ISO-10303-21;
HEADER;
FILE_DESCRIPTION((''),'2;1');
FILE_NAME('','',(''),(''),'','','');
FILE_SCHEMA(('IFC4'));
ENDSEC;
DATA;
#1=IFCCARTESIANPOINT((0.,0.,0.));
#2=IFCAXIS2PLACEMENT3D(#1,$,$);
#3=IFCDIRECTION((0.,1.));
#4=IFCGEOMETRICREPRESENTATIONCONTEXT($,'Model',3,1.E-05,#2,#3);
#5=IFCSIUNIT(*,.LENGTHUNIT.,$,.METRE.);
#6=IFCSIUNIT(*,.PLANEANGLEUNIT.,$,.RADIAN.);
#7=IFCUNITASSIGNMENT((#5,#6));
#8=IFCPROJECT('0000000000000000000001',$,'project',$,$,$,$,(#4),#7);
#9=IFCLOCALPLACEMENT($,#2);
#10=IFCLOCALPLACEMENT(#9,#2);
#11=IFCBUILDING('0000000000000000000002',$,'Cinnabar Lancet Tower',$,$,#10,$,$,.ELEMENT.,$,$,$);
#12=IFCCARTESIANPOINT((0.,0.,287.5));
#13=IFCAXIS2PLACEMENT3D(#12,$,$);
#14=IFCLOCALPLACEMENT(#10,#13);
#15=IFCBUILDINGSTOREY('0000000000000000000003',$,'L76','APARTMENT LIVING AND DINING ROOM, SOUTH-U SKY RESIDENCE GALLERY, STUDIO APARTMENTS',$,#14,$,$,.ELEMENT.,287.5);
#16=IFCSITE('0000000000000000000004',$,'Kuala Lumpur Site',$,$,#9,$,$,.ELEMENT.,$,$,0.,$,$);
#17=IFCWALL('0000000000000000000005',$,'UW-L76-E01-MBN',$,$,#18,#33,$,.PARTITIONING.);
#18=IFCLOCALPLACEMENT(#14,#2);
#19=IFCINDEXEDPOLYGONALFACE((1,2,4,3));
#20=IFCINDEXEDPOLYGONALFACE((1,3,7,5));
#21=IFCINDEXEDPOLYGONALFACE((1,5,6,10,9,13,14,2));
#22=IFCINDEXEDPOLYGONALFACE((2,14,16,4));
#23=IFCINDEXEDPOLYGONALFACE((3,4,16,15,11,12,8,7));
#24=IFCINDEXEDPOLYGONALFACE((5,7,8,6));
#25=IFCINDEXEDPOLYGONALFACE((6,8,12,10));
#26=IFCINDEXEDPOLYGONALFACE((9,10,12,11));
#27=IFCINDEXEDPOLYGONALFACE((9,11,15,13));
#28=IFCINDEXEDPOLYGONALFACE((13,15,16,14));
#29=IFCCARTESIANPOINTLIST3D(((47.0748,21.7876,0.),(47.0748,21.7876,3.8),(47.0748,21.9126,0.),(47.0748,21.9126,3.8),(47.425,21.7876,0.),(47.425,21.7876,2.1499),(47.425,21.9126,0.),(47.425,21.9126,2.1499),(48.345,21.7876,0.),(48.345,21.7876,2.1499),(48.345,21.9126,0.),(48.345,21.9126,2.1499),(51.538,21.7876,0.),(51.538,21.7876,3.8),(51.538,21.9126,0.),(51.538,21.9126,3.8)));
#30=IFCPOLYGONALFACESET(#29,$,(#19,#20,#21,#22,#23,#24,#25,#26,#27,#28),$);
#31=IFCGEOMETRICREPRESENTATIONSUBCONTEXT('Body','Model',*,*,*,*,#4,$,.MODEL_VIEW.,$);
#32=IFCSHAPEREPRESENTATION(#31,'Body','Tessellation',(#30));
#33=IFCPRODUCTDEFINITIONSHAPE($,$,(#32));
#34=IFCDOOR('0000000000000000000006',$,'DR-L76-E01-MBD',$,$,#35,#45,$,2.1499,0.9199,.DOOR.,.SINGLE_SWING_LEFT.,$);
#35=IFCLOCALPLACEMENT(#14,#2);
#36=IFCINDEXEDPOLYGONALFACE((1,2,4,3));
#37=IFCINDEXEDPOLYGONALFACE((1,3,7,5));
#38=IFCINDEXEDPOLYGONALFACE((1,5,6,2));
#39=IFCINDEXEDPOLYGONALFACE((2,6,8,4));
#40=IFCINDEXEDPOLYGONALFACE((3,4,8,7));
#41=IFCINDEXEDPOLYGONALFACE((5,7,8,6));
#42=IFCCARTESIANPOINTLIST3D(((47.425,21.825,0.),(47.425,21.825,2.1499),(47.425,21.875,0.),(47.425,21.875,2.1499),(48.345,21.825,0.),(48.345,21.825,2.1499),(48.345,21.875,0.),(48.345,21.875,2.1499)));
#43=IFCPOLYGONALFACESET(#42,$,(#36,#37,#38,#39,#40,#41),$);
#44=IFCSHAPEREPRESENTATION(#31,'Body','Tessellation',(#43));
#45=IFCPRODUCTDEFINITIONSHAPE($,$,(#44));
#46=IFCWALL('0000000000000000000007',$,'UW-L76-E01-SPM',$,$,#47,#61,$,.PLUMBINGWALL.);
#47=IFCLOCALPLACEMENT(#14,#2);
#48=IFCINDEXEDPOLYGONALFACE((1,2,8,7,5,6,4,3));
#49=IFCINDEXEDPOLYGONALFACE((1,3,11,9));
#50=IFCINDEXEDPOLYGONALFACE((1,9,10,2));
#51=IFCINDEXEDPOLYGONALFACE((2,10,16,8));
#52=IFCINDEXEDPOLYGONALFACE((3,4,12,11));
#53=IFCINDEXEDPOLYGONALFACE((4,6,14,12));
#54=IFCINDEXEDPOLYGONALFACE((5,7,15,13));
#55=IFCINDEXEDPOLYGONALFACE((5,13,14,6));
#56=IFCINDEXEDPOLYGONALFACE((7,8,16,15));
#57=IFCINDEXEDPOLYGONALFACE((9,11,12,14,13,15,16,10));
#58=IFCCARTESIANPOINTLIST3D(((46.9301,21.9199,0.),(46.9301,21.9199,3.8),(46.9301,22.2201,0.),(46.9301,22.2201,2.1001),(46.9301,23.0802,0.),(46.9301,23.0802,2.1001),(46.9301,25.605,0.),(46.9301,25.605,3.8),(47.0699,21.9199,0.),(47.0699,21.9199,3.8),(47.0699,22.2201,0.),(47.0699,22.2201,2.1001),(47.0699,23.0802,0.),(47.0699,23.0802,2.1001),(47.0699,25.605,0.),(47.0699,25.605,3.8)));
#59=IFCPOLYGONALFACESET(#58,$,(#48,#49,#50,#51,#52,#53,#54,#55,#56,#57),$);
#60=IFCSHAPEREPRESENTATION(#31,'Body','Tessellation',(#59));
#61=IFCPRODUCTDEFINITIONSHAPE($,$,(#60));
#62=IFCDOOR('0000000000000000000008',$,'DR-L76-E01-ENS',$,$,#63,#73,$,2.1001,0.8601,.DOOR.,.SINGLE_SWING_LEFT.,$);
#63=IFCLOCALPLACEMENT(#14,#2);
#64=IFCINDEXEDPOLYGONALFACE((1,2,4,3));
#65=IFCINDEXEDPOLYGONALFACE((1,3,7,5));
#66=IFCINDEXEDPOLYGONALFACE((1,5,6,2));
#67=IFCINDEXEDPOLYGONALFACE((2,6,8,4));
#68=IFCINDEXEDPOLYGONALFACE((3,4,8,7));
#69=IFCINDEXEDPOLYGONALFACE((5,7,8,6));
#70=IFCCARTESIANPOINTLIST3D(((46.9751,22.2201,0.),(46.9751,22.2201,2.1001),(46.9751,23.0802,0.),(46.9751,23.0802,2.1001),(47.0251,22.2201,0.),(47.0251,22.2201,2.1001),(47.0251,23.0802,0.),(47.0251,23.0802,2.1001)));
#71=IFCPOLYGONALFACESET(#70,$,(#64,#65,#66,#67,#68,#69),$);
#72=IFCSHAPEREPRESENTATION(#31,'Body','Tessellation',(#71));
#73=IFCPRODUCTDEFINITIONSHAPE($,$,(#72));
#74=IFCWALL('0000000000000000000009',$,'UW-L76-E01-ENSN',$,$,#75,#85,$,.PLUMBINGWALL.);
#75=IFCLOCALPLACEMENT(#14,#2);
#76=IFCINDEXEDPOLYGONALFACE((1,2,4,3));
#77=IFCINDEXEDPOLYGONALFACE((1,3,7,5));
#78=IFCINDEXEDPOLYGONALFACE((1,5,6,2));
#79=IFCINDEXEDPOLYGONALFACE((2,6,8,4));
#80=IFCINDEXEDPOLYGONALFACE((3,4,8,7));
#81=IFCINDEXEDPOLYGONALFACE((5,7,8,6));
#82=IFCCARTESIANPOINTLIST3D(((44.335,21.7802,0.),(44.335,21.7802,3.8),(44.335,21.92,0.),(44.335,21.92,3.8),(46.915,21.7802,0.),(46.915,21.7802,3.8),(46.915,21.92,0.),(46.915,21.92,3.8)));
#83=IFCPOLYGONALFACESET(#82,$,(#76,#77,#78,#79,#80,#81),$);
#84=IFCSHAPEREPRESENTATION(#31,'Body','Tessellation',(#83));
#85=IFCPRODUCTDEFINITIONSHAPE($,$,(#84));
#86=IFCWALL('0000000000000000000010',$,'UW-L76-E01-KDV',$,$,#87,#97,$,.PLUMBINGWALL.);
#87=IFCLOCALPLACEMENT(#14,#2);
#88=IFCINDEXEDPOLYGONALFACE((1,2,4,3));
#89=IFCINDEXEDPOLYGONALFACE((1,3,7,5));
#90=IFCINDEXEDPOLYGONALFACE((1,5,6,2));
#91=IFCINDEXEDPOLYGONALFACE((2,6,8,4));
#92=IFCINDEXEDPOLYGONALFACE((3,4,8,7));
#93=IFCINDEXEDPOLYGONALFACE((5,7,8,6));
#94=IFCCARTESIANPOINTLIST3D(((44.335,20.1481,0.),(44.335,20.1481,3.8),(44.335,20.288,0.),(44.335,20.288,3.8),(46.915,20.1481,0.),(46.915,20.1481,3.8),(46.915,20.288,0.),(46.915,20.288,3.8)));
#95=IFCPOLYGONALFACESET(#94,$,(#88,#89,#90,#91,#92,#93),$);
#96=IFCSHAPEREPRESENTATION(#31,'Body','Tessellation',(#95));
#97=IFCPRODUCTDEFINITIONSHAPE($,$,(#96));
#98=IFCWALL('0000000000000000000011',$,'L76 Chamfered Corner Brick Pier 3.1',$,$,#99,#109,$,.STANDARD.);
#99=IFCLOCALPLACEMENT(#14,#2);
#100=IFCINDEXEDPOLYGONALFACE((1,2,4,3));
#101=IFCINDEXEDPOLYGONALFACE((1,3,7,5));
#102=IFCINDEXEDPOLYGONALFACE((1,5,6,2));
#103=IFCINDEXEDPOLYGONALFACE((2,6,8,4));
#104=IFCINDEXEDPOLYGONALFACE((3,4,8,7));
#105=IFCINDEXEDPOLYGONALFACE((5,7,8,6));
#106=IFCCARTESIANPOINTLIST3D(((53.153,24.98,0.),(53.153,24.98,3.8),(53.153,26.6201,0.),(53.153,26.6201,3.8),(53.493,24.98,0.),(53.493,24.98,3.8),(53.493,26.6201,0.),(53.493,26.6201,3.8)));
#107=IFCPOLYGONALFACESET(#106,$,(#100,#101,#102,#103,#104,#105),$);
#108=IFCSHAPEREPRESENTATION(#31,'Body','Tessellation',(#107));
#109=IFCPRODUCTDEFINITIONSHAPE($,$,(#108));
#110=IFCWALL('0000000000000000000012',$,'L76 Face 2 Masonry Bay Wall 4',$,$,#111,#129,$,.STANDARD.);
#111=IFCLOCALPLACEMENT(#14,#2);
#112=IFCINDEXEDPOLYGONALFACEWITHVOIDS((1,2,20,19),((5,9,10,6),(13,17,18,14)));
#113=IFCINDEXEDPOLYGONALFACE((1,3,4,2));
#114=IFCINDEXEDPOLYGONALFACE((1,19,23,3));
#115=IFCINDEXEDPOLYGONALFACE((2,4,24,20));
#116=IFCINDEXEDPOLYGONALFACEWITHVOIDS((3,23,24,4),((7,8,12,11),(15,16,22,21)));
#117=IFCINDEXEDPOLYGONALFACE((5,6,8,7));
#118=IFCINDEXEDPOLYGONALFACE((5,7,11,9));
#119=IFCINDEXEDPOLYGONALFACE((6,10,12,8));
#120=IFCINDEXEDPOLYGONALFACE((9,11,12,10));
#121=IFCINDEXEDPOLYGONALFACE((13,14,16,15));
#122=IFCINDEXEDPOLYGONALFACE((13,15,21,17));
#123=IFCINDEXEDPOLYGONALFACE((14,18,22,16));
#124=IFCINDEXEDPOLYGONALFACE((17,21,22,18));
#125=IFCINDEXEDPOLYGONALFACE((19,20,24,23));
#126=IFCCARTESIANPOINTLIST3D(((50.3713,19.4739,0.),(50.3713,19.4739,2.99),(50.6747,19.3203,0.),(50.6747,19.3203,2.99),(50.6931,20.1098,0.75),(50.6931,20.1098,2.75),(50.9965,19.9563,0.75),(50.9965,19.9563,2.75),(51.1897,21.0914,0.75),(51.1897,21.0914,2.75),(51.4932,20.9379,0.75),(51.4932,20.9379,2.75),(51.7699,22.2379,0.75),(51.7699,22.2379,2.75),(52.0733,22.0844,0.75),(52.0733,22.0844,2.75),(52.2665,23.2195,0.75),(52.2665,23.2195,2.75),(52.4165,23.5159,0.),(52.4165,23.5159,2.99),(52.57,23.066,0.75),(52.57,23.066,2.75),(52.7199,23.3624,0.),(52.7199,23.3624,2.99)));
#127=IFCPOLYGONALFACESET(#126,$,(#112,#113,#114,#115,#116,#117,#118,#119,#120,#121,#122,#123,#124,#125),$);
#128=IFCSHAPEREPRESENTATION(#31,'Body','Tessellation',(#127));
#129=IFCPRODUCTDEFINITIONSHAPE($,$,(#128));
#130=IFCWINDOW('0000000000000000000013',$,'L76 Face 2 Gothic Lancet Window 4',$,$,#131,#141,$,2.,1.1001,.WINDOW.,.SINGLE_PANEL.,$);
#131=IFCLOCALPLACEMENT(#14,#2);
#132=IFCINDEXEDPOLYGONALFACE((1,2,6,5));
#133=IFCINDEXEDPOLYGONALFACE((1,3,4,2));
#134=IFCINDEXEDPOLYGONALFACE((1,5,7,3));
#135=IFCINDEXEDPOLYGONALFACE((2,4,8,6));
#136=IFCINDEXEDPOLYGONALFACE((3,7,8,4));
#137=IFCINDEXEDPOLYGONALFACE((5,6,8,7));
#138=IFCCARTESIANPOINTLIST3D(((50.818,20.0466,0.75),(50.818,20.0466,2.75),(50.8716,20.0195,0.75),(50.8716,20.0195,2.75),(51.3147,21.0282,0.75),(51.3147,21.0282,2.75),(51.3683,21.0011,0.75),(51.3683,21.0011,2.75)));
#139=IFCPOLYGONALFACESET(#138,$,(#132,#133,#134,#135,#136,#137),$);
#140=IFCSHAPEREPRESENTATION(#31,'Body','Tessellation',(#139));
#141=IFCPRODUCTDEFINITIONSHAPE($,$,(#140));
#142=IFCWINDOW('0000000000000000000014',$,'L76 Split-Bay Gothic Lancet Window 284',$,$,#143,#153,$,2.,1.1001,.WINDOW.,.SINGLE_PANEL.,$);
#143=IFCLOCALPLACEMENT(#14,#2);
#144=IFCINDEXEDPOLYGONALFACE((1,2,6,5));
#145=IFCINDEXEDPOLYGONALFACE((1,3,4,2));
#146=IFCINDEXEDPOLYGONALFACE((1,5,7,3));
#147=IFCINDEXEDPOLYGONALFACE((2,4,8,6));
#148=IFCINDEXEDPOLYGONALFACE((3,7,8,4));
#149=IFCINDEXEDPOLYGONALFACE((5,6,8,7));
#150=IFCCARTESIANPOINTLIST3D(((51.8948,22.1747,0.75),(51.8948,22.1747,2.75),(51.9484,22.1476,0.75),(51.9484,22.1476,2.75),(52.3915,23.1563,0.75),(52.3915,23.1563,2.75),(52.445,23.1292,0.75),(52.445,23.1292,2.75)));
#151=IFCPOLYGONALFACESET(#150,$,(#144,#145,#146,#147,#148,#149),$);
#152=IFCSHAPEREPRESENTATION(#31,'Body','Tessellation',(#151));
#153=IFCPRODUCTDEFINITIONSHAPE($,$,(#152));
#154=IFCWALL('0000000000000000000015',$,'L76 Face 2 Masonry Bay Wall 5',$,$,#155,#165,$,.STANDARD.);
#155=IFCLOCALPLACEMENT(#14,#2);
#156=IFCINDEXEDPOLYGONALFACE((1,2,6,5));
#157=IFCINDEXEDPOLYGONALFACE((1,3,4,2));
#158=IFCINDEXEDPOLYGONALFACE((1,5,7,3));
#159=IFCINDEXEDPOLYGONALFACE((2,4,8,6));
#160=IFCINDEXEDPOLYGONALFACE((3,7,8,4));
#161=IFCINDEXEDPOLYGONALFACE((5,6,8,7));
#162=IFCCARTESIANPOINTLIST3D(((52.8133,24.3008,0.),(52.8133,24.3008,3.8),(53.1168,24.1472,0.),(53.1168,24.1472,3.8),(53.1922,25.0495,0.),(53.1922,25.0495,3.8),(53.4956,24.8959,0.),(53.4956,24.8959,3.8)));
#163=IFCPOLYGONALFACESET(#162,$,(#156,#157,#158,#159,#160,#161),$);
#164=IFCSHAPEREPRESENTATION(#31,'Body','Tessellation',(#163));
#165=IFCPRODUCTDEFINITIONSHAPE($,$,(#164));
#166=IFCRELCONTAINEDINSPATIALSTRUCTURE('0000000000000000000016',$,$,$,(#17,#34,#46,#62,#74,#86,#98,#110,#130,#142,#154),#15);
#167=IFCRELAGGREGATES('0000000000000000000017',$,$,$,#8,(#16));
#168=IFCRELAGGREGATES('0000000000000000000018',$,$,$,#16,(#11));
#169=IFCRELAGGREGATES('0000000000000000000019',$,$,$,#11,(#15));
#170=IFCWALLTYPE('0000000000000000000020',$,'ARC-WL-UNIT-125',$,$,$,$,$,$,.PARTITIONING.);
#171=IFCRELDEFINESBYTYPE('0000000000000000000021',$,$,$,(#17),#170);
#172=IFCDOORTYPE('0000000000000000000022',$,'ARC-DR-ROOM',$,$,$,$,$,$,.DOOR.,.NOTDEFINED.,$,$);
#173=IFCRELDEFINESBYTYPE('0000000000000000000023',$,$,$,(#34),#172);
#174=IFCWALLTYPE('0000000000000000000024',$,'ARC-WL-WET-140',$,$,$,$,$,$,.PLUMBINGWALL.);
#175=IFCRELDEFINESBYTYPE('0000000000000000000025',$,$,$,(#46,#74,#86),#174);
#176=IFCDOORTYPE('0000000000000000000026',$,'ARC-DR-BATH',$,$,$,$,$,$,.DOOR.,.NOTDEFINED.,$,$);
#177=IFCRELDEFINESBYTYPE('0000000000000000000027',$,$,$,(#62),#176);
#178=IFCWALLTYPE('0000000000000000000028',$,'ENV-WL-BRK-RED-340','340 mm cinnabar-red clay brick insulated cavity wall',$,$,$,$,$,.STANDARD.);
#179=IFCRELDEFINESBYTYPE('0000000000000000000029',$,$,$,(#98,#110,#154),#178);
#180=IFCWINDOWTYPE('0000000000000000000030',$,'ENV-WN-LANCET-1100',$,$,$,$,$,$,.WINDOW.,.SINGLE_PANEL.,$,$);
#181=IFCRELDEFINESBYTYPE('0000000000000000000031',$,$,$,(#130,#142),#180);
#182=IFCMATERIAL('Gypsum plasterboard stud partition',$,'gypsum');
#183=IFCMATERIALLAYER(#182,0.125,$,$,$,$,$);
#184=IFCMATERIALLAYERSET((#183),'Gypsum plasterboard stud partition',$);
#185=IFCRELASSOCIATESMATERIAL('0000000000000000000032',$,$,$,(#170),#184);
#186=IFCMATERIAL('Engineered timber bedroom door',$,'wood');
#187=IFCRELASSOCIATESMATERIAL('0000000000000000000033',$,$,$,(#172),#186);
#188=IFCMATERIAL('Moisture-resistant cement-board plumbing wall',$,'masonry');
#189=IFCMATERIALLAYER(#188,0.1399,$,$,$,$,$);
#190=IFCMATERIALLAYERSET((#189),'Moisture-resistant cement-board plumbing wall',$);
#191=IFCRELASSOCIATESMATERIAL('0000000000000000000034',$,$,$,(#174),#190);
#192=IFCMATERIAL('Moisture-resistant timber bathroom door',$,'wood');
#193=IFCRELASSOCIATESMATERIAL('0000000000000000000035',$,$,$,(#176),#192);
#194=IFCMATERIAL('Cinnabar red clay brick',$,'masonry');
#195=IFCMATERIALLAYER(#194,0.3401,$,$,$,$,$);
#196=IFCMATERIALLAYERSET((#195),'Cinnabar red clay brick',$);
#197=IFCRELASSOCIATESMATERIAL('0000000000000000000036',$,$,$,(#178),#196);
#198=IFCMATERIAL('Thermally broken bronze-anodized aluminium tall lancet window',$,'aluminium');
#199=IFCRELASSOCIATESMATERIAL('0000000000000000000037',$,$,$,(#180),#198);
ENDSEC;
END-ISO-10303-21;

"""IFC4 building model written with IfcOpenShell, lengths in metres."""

from ifc_helpers import new_model, si_unit, direction, frame, frame_2d, origin, place, context, subcontext, project, spatial, rectangle, extrude, material, layer, layer_set, type_object, element, fill, save


model = new_model("IFC4")

# Units and contexts
model_context = context("Model", 3, precision=1e-05, world=origin(), true_north=direction((0.0, 1.0)))
body_context = subcontext(model_context, "Body", "Model", "MODEL_VIEW")
ifc_project = project(units=[si_unit("LENGTHUNIT", "METRE"), si_unit("PLANEANGLEUNIT", "RADIAN")], contexts=[model_context])

# Site, building, storey
site_placement = place(None, origin())
site = spatial("IfcSite", under=ifc_project, at=site_placement, Name="Kuala Lumpur Site", CompositionType="ELEMENT", RefElevation=0.0)
building_placement = place(site_placement, origin())
building = spatial("IfcBuilding", under=site, at=building_placement, Name="Cinnabar Lancet Tower", CompositionType="ELEMENT")
storey_placement = place(building_placement, frame((0.0, 0.0, 287.5)))
storey = spatial("IfcBuildingStorey", under=building, at=storey_placement, Name="L76", Description="APARTMENT LIVING AND DINING ROOM, SOUTH-U SKY RESIDENCE GALLERY, STUDIO APARTMENTS", CompositionType="ELEMENT", Elevation=287.5)

# Walls, openings, doors
ifc_material_1 = material(Name="Gypsum plasterboard stud partition", Category="gypsum")
ifc_layer_1 = layer(ifc_material_1, 0.125)
ifc_layer_set_1 = layer_set([ifc_layer_1], Name="Gypsum plasterboard stud partition")
wall_type_1 = type_object("IfcWallType", Name="ARC-WL-UNIT-125", PredefinedType="PARTITIONING", material=ifc_layer_set_1)
wall_1_placement = place(storey_placement, frame((47.075, 21.8501, 0.0), z_axis=(0.0, 0.0, 1.0), x_axis=(1.0, 0.0, 0.0)))
wall_1 = element("IfcWall", 1, at=wall_1_placement, inside=storey, type_object=wall_type_1, Name="UW-L76-E01-MBN", PredefinedType="PARTITIONING", context=body_context, shape_type="SweptSolid", body=[
    extrude(rectangle(XDim=4.4631, YDim=0.125, at=frame_2d((2.2314, 0.0))), origin(), (0.0, 0.0, 1.0), 3.8),
])
opening_1_placement = place(wall_1_placement, frame((0.3501, 0.0, 0.0)))
opening_1 = element("IfcOpeningElement", 2, at=opening_1_placement, cuts=wall_1, PredefinedType="OPENING", context=body_context, shape_type="SweptSolid", body=[
    extrude(rectangle(XDim=0.9199, YDim=2.1499, at=frame_2d((0.46, 1.075))), frame((0.0, 0.0725, 0.0), z_axis=(0.0, -1.0, 0.0), x_axis=(1.0, 0.0, 0.0)), (0.0, 0.0, 1.0), 0.145),
])
ifc_material_2 = material(Name="Engineered timber bedroom door", Category="wood")
door_type_1 = type_object("IfcDoorType", Name="ARC-DR-ROOM", OperationType="NOTDEFINED", PredefinedType="DOOR", material=ifc_material_2)
door_1_placement = place(opening_1_placement, origin())
door_1 = element("IfcDoor", 3, at=door_1_placement, inside=storey, type_object=door_type_1, Name="DR-L76-E01-MBD", OperationType="SINGLE_SWING_LEFT", OverallHeight=2.1499, OverallWidth=0.9199, PredefinedType="DOOR", context=body_context, shape_type="SweptSolid", body=[
    extrude(rectangle(XDim=0.9199, YDim=2.1499, at=frame_2d((0.46, 1.075))), frame((0.0, 0.0249, 0.0), z_axis=(0.0, -1.0, 0.0), x_axis=(1.0, 0.0, 0.0)), (0.0, 0.0, 1.0), 0.05),
])
fill(opening_1, door_1)
ifc_material_3 = material(Name="Moisture-resistant cement-board plumbing wall", Category="masonry")
ifc_layer_2 = layer(ifc_material_3, 0.1399)
ifc_layer_set_2 = layer_set([ifc_layer_2], Name="Moisture-resistant cement-board plumbing wall")
wall_type_2 = type_object("IfcWallType", Name="ARC-WL-WET-140", PredefinedType="PLUMBINGWALL", material=ifc_layer_set_2)
wall_2_placement = place(storey_placement, frame((47.0, 21.9199, 0.0), z_axis=(0.0, 0.0, 1.0), x_axis=(0.0, 1.0, 0.0)))
wall_2 = element("IfcWall", 4, at=wall_2_placement, inside=storey, type_object=wall_type_2, Name="UW-L76-E01-SPM", PredefinedType="PLUMBINGWALL", context=body_context, shape_type="SweptSolid", body=[
    extrude(rectangle(XDim=3.6851, YDim=0.1399, at=frame_2d((1.8425, 0.0))), origin(), (0.0, 0.0, 1.0), 3.8),
])
opening_2_placement = place(wall_2_placement, frame((0.3, 0.0, 0.0)))
opening_2 = element("IfcOpeningElement", 5, at=opening_2_placement, cuts=wall_2, PredefinedType="OPENING", context=body_context, shape_type="SweptSolid", body=[
    extrude(rectangle(XDim=0.8601, YDim=2.1001, at=frame_2d((0.4302, 1.05))), frame((0.0, 0.0798, 0.0), z_axis=(0.0, -1.0, 0.0), x_axis=(1.0, 0.0, 0.0)), (0.0, 0.0, 1.0), 0.1599),
])
ifc_material_4 = material(Name="Moisture-resistant timber bathroom door", Category="wood")
door_type_2 = type_object("IfcDoorType", Name="ARC-DR-BATH", OperationType="NOTDEFINED", PredefinedType="DOOR", material=ifc_material_4)
door_2_placement = place(opening_2_placement, origin())
door_2 = element("IfcDoor", 6, at=door_2_placement, inside=storey, type_object=door_type_2, Name="DR-L76-E01-ENS", OperationType="SINGLE_SWING_LEFT", OverallHeight=2.1001, OverallWidth=0.8601, PredefinedType="DOOR", context=body_context, shape_type="SweptSolid", body=[
    extrude(rectangle(XDim=0.8601, YDim=2.1001, at=frame_2d((0.4302, 1.05))), frame((0.0, 0.0249, 0.0), z_axis=(0.0, -1.0, 0.0), x_axis=(1.0, 0.0, 0.0)), (0.0, 0.0, 1.0), 0.05),
])
fill(opening_2, door_2)

# Walls
for number, where, z_axis, x_axis, name in (
    (7, (44.335, 21.8501, 0.0), (0.0, 0.0, 1.0), (1.0, 0.0, 0.0), "UW-L76-E01-ENSN"),
    (8, (44.335, 20.218, 0.0), (0.0, 0.0, 1.0), (1.0, 0.0, 0.0), "UW-L76-E01-KDV"),
):
    element("IfcWall", number, at=place(storey_placement, frame(where, z_axis=z_axis, x_axis=x_axis)), inside=storey, type_object=wall_type_2, Name=name, PredefinedType="PLUMBINGWALL", context=body_context, shape_type="SweptSolid", body=[
        extrude(rectangle(XDim=2.5801, YDim=0.1399, at=frame_2d((1.29, 0.0))), origin(), (0.0, 0.0, 1.0), 3.8),
    ])
ifc_material_5 = material(Name="Cinnabar red clay brick", Category="masonry")
ifc_layer_3 = layer(ifc_material_5, 0.3401)
ifc_layer_set_3 = layer_set([ifc_layer_3], Name="Cinnabar red clay brick")
wall_type_3 = type_object("IfcWallType", Name="ENV-WL-BRK-RED-340", Description="340 mm cinnabar-red clay brick insulated cavity wall", PredefinedType="STANDARD", material=ifc_layer_set_3)
wall_3_placement = place(storey_placement, frame((53.323, 24.98, 0.0), z_axis=(0.0, 0.0, 1.0), x_axis=(0.0, 1.0, 0.0)))
element("IfcWall", 9, at=wall_3_placement, inside=storey, type_object=wall_type_3, Name="L76 Chamfered Corner Brick Pier 3.1", PredefinedType="STANDARD", context=body_context, shape_type="SweptSolid", body=[
    extrude(rectangle(XDim=1.6401, YDim=0.3401, at=frame_2d((0.8201, 0.0))), origin(), (0.0, 0.0, 1.0), 3.8),
])

# Wall, openings, windows
wall_4_placement = place(storey_placement, frame((50.5229, 19.397, 0.0), z_axis=(0.0, 0.0, 1.0), x_axis=(0.451477, 0.892283, 0.0)))
wall_4 = element("IfcWall", 10, at=wall_4_placement, inside=storey, type_object=wall_type_3, Name="L76 Face 2 Masonry Bay Wall 4", PredefinedType="STANDARD", context=body_context, shape_type="SweptSolid", body=[
    extrude(rectangle(XDim=4.53, YDim=0.3401, at=frame_2d((2.2651, 0.0))), origin(), (0.0, 0.0, 1.0), 2.99),
])
opening_3_placement = place(wall_4_placement, frame((0.7129, 0.0, 0.75)))
opening_3 = element("IfcOpeningElement", 11, at=opening_3_placement, cuts=wall_4, PredefinedType="OPENING", context=body_context, shape_type="SweptSolid", body=[
    extrude(rectangle(XDim=1.1001, YDim=2.0, at=frame_2d((0.55, 1.0))), frame((0.0, 0.1799, 0.0), z_axis=(0.0, -1.0, 0.0), x_axis=(1.0, 0.0, 0.0)), (0.0, 0.0, 1.0), 0.3601),
])
opening_4_placement = place(wall_4_placement, frame((3.0979, 0.0, 0.75)))
opening_4 = element("IfcOpeningElement", 12, at=opening_4_placement, cuts=wall_4, PredefinedType="OPENING", context=body_context, shape_type="SweptSolid", body=[
    extrude(rectangle(XDim=1.1001, YDim=2.0, at=frame_2d((0.55, 1.0))), frame((0.0, 0.1799, 0.0), z_axis=(0.0, -1.0, 0.0), x_axis=(1.0, 0.0, 0.0)), (0.0, 0.0, 1.0), 0.3601),
])
ifc_material_6 = material(Name="Thermally broken bronze-anodized aluminium tall lancet window", Category="aluminium")
window_type = type_object("IfcWindowType", Name="ENV-WN-LANCET-1100", PartitioningType="SINGLE_PANEL", PredefinedType="WINDOW", material=ifc_material_6)
window_1_placement = place(opening_3_placement, origin())
window_1 = element("IfcWindow", 13, at=window_1_placement, inside=storey, type_object=window_type, Name="L76 Face 2 Gothic Lancet Window 4", OverallHeight=2.0, OverallWidth=1.1001, PartitioningType="SINGLE_PANEL", PredefinedType="WINDOW", context=body_context, shape_type="SweptSolid", body=[
    extrude(rectangle(XDim=1.1001, YDim=2.0, at=frame_2d((0.55, 1.0))), frame((0.0, 0.03, 0.0), z_axis=(0.0, -1.0, 0.0), x_axis=(1.0, 0.0, 0.0)), (0.0, 0.0, 1.0), 0.0601),
])
fill(opening_3, window_1)
window_2_placement = place(opening_4_placement, origin())
window_2 = element("IfcWindow", 14, at=window_2_placement, inside=storey, type_object=window_type, Name="L76 Split-Bay Gothic Lancet Window 284", OverallHeight=2.0, OverallWidth=1.1001, PartitioningType="SINGLE_PANEL", PredefinedType="WINDOW", context=body_context, shape_type="SweptSolid", body=[
    extrude(rectangle(XDim=1.1001, YDim=2.0, at=frame_2d((0.55, 1.0))), frame((0.0, 0.03, 0.0), z_axis=(0.0, -1.0, 0.0), x_axis=(1.0, 0.0, 0.0)), (0.0, 0.0, 1.0), 0.0601),
])
fill(opening_4, window_2)

# Wall
wall_5_placement = place(storey_placement, frame((52.9651, 24.2241, 0.0), z_axis=(0.0, 0.0, 1.0), x_axis=(0.451514, 0.892264, 0.0)))
element("IfcWall", 15, at=wall_5_placement, inside=storey, type_object=wall_type_3, Name="L76 Face 2 Masonry Bay Wall 5", PredefinedType="STANDARD", context=body_context, shape_type="SweptSolid", body=[
    extrude(rectangle(XDim=0.8391, YDim=0.3401, at=frame_2d((0.4194, 0.0))), origin(), (0.0, 0.0, 1.0), 3.8),
])

save(model, "model.ifc")
